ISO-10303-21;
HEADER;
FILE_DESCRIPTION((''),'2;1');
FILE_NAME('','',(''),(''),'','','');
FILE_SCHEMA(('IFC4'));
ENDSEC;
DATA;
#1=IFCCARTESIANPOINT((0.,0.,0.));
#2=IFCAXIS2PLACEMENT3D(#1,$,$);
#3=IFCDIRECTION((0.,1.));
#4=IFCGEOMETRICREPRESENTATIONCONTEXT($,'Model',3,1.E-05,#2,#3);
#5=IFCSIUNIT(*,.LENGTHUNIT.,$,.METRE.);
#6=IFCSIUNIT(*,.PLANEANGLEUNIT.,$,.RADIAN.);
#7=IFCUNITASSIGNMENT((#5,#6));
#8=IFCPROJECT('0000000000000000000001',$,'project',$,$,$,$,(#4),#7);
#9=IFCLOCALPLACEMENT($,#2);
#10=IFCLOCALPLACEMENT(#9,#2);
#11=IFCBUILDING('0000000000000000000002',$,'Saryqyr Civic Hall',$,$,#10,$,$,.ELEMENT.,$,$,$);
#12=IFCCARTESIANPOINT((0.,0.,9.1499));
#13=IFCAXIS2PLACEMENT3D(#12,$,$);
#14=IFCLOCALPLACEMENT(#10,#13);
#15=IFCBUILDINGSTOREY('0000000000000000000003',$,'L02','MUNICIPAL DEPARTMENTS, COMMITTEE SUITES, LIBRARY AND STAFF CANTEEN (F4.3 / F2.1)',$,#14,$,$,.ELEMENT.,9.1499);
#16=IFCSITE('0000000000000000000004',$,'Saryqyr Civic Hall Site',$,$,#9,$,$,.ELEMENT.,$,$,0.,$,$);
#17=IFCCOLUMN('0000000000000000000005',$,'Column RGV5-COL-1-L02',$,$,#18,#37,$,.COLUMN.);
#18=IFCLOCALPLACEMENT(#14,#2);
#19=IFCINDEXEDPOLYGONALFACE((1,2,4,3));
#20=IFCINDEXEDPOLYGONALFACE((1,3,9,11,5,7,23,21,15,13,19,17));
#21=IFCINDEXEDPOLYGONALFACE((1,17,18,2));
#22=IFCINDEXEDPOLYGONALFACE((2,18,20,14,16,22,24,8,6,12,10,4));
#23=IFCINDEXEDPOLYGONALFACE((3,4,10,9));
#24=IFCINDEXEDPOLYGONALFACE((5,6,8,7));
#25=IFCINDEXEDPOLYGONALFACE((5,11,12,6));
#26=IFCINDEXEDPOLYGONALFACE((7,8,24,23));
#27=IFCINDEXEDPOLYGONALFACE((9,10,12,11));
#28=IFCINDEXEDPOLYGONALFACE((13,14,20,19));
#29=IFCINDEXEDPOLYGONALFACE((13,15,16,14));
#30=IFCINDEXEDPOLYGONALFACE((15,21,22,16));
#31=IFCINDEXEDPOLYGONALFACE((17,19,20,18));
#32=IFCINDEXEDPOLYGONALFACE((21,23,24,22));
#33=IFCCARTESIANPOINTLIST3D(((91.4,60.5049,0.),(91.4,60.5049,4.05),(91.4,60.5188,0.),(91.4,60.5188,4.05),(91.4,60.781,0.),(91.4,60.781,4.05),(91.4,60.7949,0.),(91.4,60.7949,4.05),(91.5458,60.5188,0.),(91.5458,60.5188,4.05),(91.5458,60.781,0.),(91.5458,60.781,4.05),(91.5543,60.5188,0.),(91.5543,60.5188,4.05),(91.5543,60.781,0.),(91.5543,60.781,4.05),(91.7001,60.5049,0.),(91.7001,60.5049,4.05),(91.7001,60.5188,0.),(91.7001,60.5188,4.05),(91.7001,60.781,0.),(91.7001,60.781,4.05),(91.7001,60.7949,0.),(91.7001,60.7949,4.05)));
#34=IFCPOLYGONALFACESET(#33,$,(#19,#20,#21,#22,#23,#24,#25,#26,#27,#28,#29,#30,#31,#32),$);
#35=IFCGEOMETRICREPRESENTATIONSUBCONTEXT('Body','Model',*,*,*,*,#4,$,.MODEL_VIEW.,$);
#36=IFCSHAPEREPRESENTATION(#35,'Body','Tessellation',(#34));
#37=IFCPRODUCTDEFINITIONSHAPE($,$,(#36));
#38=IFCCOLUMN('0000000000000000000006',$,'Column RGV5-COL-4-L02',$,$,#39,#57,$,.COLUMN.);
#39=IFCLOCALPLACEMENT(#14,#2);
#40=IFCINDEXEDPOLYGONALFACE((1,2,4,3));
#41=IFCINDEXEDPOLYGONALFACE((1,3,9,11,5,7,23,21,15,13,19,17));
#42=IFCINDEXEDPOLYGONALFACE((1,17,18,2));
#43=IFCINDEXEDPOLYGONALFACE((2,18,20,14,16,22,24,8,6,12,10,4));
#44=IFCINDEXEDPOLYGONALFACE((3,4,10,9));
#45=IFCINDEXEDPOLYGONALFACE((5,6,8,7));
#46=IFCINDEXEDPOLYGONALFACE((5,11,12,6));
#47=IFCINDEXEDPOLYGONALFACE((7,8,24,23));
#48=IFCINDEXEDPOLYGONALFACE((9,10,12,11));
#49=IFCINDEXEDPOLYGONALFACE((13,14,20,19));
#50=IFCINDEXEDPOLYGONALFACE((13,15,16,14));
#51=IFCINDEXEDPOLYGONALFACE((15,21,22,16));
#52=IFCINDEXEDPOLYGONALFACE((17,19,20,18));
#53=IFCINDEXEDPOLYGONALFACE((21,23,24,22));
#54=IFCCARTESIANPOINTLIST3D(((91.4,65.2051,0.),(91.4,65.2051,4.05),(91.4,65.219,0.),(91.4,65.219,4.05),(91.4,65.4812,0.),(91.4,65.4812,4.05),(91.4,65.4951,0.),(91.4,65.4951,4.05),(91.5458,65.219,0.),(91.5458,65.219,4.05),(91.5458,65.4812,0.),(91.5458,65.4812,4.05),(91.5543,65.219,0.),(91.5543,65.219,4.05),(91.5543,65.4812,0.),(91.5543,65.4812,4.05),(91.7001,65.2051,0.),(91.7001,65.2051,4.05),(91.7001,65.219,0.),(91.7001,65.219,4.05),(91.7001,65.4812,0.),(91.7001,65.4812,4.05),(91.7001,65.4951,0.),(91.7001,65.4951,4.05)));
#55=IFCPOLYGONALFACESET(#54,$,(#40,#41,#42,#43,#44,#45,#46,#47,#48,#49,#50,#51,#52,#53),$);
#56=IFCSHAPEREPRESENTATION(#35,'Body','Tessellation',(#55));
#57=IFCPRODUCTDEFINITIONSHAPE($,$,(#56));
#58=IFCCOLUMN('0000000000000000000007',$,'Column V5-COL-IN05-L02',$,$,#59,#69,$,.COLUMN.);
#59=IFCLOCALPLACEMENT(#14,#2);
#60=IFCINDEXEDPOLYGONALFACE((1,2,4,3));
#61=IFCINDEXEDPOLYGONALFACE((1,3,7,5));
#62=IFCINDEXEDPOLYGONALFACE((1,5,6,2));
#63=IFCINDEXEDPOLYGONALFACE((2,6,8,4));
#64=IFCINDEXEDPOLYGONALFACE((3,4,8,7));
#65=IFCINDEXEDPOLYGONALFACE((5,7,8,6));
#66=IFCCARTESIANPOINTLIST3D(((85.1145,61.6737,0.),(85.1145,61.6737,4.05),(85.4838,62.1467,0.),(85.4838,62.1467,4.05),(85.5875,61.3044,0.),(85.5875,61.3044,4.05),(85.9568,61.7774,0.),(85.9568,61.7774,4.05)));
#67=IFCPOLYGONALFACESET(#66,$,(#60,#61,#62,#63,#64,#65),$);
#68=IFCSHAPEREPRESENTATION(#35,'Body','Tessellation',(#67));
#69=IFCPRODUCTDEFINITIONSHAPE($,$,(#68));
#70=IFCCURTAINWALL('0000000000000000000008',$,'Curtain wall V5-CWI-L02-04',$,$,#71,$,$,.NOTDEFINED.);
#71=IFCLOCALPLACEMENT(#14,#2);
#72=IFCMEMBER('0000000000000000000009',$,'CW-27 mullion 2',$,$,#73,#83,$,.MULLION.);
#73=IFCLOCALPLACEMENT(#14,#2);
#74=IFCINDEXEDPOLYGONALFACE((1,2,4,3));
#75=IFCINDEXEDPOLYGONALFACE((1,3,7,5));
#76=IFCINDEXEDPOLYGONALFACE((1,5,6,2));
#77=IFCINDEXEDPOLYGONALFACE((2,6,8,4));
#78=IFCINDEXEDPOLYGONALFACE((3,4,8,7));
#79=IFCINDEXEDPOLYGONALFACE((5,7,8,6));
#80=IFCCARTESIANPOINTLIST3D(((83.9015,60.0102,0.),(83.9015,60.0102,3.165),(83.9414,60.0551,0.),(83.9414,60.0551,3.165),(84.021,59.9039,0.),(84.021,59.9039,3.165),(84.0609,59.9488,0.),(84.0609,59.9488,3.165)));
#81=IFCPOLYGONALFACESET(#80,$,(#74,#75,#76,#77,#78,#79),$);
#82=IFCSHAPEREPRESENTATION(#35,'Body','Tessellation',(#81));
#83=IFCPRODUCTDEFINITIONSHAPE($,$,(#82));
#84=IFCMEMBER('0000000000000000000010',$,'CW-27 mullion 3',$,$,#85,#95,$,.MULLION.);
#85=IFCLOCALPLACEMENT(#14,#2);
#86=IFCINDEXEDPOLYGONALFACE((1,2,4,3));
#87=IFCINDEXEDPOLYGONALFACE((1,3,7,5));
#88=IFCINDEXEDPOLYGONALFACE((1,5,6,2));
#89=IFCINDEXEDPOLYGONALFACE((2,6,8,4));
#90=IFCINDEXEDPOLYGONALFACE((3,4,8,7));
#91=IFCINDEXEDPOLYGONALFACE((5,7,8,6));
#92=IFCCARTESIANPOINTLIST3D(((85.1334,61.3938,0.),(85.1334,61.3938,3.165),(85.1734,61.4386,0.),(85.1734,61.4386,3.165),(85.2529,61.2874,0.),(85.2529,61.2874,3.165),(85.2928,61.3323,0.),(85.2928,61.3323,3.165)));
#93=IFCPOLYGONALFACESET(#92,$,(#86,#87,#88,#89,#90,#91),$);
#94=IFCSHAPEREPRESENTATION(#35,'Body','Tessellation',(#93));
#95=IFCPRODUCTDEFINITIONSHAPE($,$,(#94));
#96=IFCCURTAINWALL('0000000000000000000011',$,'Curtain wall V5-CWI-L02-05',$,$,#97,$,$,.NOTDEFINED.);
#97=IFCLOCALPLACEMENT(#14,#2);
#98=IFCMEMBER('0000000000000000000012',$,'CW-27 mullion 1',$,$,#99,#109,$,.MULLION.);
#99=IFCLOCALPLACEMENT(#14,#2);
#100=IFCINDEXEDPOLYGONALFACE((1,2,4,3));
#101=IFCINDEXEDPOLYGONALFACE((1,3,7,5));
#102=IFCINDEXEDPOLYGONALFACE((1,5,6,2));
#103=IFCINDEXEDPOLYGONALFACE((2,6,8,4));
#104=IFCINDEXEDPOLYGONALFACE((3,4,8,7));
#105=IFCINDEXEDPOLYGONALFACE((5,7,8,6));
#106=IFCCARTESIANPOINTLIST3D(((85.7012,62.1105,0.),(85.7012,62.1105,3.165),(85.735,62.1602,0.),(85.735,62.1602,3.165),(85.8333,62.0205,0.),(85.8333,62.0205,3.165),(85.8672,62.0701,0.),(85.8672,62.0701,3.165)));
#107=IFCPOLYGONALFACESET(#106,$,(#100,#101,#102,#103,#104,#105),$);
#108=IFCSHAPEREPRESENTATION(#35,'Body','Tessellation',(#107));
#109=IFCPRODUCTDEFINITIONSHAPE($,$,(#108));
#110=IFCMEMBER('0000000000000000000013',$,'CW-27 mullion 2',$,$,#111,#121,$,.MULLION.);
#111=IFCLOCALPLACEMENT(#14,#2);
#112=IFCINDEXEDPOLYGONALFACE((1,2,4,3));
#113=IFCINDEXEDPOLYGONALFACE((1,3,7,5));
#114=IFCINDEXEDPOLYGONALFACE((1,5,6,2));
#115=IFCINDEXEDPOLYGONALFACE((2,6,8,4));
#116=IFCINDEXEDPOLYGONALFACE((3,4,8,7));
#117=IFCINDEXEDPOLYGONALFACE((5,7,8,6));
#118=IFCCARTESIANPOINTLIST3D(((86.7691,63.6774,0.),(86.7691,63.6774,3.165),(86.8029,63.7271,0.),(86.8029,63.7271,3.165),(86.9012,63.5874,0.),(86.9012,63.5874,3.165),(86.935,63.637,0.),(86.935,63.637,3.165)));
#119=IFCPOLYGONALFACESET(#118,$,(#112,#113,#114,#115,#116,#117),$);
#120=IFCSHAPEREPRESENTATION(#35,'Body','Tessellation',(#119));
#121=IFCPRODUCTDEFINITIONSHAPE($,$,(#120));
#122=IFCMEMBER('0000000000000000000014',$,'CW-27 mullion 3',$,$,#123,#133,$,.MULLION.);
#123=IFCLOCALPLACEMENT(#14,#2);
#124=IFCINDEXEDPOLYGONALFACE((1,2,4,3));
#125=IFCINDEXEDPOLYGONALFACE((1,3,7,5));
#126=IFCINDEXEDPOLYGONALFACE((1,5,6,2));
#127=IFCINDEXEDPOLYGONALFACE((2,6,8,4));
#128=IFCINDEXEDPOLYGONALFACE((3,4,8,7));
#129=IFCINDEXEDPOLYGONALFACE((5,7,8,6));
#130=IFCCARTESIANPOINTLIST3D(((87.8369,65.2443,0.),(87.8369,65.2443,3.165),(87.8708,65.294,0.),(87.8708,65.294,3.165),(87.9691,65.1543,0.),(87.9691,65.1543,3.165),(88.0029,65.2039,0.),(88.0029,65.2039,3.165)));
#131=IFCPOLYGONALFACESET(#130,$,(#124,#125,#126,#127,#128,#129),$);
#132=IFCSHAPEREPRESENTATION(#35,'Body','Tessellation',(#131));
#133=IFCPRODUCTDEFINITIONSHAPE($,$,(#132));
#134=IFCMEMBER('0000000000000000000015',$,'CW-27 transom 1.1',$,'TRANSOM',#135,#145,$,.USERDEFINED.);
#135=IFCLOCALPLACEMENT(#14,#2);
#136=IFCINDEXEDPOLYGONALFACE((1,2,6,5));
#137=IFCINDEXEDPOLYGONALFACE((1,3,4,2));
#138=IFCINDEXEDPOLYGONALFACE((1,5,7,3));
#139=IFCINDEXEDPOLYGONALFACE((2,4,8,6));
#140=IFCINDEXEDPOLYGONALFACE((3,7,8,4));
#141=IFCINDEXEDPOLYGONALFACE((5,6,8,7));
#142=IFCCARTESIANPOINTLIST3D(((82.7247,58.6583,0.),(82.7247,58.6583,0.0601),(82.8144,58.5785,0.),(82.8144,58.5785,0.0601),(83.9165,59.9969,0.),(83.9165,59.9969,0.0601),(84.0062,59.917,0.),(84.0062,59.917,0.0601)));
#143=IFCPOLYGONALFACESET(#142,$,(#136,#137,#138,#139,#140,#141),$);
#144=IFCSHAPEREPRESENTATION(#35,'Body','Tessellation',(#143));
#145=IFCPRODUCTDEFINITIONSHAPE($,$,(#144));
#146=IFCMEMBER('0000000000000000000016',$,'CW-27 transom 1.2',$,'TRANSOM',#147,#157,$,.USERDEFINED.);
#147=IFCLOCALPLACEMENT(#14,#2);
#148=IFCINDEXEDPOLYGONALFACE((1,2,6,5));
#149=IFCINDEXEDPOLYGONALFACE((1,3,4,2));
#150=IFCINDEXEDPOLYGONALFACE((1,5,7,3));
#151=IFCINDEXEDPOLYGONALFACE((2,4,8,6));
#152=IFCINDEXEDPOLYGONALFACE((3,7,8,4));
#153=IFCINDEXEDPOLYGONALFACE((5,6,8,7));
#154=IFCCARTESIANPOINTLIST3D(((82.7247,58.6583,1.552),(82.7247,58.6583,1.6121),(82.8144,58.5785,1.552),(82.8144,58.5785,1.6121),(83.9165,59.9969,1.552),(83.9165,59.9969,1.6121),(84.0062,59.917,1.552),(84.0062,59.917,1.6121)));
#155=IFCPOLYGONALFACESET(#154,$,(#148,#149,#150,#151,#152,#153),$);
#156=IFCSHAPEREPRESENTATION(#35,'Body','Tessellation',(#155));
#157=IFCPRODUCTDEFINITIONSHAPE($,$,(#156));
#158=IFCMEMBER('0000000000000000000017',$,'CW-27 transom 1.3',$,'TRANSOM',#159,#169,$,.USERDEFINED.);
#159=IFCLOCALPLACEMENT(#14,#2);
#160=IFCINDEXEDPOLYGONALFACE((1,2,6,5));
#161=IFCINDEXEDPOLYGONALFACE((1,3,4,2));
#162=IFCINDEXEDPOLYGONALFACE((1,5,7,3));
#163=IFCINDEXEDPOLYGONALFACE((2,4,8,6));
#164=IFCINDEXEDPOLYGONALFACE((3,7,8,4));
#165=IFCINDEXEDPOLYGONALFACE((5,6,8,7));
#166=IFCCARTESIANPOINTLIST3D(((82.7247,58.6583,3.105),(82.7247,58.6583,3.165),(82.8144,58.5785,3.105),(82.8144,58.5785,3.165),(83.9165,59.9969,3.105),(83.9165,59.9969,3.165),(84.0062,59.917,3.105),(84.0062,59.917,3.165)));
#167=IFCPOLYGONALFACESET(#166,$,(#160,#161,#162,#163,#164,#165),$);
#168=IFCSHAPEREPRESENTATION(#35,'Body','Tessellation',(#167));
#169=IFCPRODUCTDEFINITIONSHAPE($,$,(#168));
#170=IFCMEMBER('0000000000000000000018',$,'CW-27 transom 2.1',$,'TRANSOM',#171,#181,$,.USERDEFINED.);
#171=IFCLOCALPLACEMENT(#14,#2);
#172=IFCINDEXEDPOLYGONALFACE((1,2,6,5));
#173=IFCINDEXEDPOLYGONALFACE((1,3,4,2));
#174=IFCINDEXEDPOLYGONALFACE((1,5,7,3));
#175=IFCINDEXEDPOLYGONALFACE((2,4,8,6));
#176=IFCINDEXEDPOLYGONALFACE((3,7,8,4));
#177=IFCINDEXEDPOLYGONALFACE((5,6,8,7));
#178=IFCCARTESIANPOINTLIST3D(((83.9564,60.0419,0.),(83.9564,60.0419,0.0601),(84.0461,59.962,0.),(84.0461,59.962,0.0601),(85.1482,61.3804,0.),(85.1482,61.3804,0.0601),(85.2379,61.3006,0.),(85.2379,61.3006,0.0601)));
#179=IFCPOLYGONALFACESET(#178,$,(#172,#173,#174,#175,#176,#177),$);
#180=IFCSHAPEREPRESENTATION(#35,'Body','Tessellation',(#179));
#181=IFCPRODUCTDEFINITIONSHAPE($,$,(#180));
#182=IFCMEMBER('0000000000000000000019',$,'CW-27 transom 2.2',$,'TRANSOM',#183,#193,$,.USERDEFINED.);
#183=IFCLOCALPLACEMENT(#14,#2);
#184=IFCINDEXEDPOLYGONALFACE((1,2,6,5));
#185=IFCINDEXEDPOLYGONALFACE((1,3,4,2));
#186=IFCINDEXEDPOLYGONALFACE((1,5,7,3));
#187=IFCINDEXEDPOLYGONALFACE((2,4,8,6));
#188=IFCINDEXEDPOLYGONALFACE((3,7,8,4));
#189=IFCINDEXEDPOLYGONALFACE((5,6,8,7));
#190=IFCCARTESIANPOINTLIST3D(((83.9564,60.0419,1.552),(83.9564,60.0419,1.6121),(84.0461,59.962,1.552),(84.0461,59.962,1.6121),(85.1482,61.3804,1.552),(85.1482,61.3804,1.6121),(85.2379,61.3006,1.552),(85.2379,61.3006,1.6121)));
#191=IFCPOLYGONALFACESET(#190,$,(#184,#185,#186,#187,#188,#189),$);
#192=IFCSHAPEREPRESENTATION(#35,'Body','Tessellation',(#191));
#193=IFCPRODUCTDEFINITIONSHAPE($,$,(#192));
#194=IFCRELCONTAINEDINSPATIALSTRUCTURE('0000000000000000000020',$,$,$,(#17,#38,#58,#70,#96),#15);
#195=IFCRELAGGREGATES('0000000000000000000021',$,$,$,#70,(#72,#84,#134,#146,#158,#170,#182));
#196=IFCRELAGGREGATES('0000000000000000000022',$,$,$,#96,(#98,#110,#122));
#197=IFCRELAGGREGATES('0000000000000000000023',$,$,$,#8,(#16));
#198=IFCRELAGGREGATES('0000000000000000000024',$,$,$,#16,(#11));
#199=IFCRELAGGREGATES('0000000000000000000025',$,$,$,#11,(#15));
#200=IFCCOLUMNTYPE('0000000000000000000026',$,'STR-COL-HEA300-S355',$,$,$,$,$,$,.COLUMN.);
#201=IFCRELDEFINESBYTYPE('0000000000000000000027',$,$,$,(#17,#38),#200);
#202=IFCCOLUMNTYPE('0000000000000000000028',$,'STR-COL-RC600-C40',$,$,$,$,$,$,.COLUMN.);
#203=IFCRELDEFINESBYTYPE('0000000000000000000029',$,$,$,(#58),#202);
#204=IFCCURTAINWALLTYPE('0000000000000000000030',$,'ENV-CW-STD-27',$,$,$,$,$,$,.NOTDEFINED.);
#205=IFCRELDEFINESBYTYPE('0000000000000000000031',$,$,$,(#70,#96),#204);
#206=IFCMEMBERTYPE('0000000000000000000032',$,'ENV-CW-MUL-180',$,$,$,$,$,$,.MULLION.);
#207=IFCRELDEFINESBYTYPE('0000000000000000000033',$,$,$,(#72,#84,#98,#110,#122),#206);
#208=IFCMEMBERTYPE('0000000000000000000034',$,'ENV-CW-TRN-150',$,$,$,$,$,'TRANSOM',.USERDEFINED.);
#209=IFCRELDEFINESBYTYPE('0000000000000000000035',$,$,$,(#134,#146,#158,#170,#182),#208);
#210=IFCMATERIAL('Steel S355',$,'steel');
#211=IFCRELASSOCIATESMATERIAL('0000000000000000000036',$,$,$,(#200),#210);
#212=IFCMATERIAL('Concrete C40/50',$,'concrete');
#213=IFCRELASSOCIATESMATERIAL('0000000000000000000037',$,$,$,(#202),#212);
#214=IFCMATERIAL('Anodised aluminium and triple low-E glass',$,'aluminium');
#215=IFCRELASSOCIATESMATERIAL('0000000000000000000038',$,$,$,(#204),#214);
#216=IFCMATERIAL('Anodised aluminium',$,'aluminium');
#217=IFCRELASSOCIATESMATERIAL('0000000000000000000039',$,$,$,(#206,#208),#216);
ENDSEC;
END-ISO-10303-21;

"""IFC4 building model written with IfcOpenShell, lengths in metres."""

from ifc_helpers import new_model, si_unit, direction, frame, origin, origin_2d, place, context, subcontext, project, spatial, rectangle, i_section, extrude, material, material_profile, profile_set, type_object, element, aggregate, save


model = new_model("IFC4")

# Units and contexts
model_context = context("Model", 3, precision=1e-05, world=origin(), true_north=direction((0.0, 1.0)))
body_context = subcontext(model_context, "Body", "Model", "MODEL_VIEW")
ifc_project = project(units=[si_unit("LENGTHUNIT", "METRE"), si_unit("PLANEANGLEUNIT", "RADIAN")], contexts=[model_context])

# Site, building, storey
site_placement = place(None, origin())
site = spatial("IfcSite", under=ifc_project, at=site_placement, Name="Saryqyr Civic Hall Site", CompositionType="ELEMENT", RefElevation=0.0)
building_placement = place(site_placement, origin())
building = spatial("IfcBuilding", under=site, at=building_placement, Name="Saryqyr Civic Hall", CompositionType="ELEMENT")
storey_placement = place(building_placement, frame((0.0, 0.0, 9.1499)))
storey = spatial("IfcBuildingStorey", under=building, at=storey_placement, Name="L02", Description="MUNICIPAL DEPARTMENTS, COMMITTEE SUITES, LIBRARY AND STAFF CANTEEN (F4.3 / F2.1)", CompositionType="ELEMENT", Elevation=9.1499)

# Columns
ifc_material_1 = material(Name="Steel S355", Category="steel")
ifc_material_profile_1 = material_profile(ifc_material_1, i_section(OverallWidth=0.3, OverallDepth=0.29, WebThickness=0.0085, FlangeThickness=0.0139, at=origin_2d()), Name="HEA 300")
ifc_profile_set_1 = profile_set([ifc_material_profile_1], Name="Steel S355")
column_type_1 = type_object("IfcColumnType", Name="STR-COL-HEA300-S355", PredefinedType="COLUMN", material=ifc_profile_set_1)
for number, where, z_axis, x_axis, name in (
    (1, (91.55, 60.6499, 0.0), (0.0, 0.0, 1.0), (1.0, 0.0, 0.0), "Column RGV5-COL-1-L02"),
    (2, (91.55, 65.3501, 0.0), (0.0, 0.0, 1.0), (1.0, 0.0, 0.0), "Column RGV5-COL-4-L02"),
):
    element("IfcColumn", number, at=place(storey_placement, frame(where, z_axis=z_axis, x_axis=x_axis)), inside=storey, type_object=column_type_1, Name=name, PredefinedType="COLUMN", context=body_context, shape_type="SweptSolid", body=[
        extrude(i_section(OverallWidth=0.3, OverallDepth=0.29, WebThickness=0.0085, FlangeThickness=0.0139, at=origin_2d()), origin(), (0.0, 0.0, 1.0), 4.05),
    ])
ifc_material_2 = material(Name="Concrete C40/50", Category="concrete")
ifc_material_profile_2 = material_profile(ifc_material_2, rectangle(XDim=0.6001, YDim=0.6001, at=origin_2d()), Name="RC 600x600")
ifc_profile_set_2 = profile_set([ifc_material_profile_2], Name="Concrete C40/50")
column_type_2 = type_object("IfcColumnType", Name="STR-COL-RC600-C40", PredefinedType="COLUMN", material=ifc_profile_set_2)
column_placement = place(storey_placement, frame((85.5356, 61.7256, 0.0), z_axis=(0.0, 0.0, 1.0), x_axis=(0.788226, -0.615386, 0.0)))
element("IfcColumn", 3, at=column_placement, inside=storey, type_object=column_type_2, Name="Column V5-COL-IN05-L02", PredefinedType="COLUMN", context=body_context, shape_type="SweptSolid", body=[
    extrude(rectangle(XDim=0.6001, YDim=0.6001, at=origin_2d()), origin(), (0.0, 0.0, 1.0), 4.05),
])

# Curtain walls, members
ifc_material_3 = material(Name="Anodised aluminium and triple low-E glass", Category="aluminium")
curtain_wall_type = type_object("IfcCurtainWallType", Name="ENV-CW-STD-27", PredefinedType="NOTDEFINED", material=ifc_material_3)
curtain_wall_1_placement = place(storey_placement, origin())
curtain_wall_1 = element("IfcCurtainWall", 4, at=curtain_wall_1_placement, inside=storey, type_object=curtain_wall_type, Name="Curtain wall V5-CWI-L02-04", PredefinedType="NOTDEFINED")
ifc_material_4 = material(Name="Anodised aluminium", Category="aluminium")
ifc_material_profile_3 = material_profile(ifc_material_4, rectangle(XDim=0.0601, YDim=0.1599, at=origin_2d()), Name="ALU MULLION 60x160")
ifc_profile_set_3 = profile_set([ifc_material_profile_3], Name="Anodised aluminium")
member_type_1 = type_object("IfcMemberType", Name="ENV-CW-MUL-180", PredefinedType="MULLION", material=ifc_profile_set_3)
member_1_placement = place(storey_placement, frame((83.9812, 59.9795, 0.0), z_axis=(0.0, 0.0, 1.0), x_axis=(0.664934, 0.746902, 0.0)))
member_1 = element("IfcMember", 5, at=member_1_placement, type_object=member_type_1, Name="CW-27 mullion 2", PredefinedType="MULLION", context=body_context, shape_type="SweptSolid", body=[
    extrude(rectangle(XDim=0.0601, YDim=0.1599, at=origin_2d()), origin(), (0.0, 0.0, 1.0), 3.165),
])
member_2_placement = place(storey_placement, frame((85.2131, 61.363, 0.0), z_axis=(0.0, 0.0, 1.0), x_axis=(0.664934, 0.746902, 0.0)))
member_2 = element("IfcMember", 6, at=member_2_placement, type_object=member_type_1, Name="CW-27 mullion 3", PredefinedType="MULLION", context=body_context, shape_type="SweptSolid", body=[
    extrude(rectangle(XDim=0.0601, YDim=0.1599, at=origin_2d()), origin(), (0.0, 0.0, 1.0), 3.165),
])
curtain_wall_2_placement = place(storey_placement, origin())
curtain_wall_2 = element("IfcCurtainWall", 7, at=curtain_wall_2_placement, inside=storey, type_object=curtain_wall_type, Name="Curtain wall V5-CWI-L02-05", PredefinedType="NOTDEFINED")
member_3_placement = place(storey_placement, frame((85.7842, 62.0903, 0.0), z_axis=(0.0, 0.0, 1.0), x_axis=(0.56313, 0.826368, 0.0)))
member_3 = element("IfcMember", 8, at=member_3_placement, type_object=member_type_1, Name="CW-27 mullion 1", PredefinedType="MULLION", context=body_context, shape_type="SweptSolid", body=[
    extrude(rectangle(XDim=0.0601, YDim=0.1599, at=origin_2d()), origin(), (0.0, 0.0, 1.0), 3.165),
])
member_4_placement = place(storey_placement, frame((86.8521, 63.6572, 0.0), z_axis=(0.0, 0.0, 1.0), x_axis=(0.56313, 0.826368, 0.0)))
member_4 = element("IfcMember", 9, at=member_4_placement, type_object=member_type_1, Name="CW-27 mullion 2", PredefinedType="MULLION", context=body_context, shape_type="SweptSolid", body=[
    extrude(rectangle(XDim=0.0601, YDim=0.1599, at=origin_2d()), origin(), (0.0, 0.0, 1.0), 3.165),
])
member_5_placement = place(storey_placement, frame((87.9199, 65.2241, 0.0), z_axis=(0.0, 0.0, 1.0), x_axis=(0.56313, 0.826368, 0.0)))
member_5 = element("IfcMember", 10, at=member_5_placement, type_object=member_type_1, Name="CW-27 mullion 3", PredefinedType="MULLION", context=body_context, shape_type="SweptSolid", body=[
    extrude(rectangle(XDim=0.0601, YDim=0.1599, at=origin_2d()), origin(), (0.0, 0.0, 1.0), 3.165),
])

# Members
ifc_material_profile_4 = material_profile(ifc_material_4, rectangle(XDim=0.1201, YDim=0.0601, at=origin_2d()), Name="ALU TRANSOM 120x60")
ifc_profile_set_4 = profile_set([ifc_material_profile_4], Name="Anodised aluminium")
member_type_2 = type_object("IfcMemberType", Name="ENV-CW-TRN-150", ElementType="TRANSOM", PredefinedType="USERDEFINED", material=ifc_profile_set_4)
member_6_placement = place(storey_placement, frame((82.7695, 58.6184, 0.03), z_axis=(0.664989, 0.746853, 0.0), x_axis=(-0.746853, 0.664989, 0.0)))
member_6 = element("IfcMember", 11, at=member_6_placement, type_object=member_type_2, Name="CW-27 transom 1.1", ObjectType="TRANSOM", PredefinedType="USERDEFINED", context=body_context, shape_type="SweptSolid", body=[
    extrude(rectangle(XDim=0.1201, YDim=0.0601, at=origin_2d()), origin(), (0.0, 0.0, 1.0), 1.7922),
])
member_7_placement = place(storey_placement, frame((82.7695, 58.6184, 1.582), z_axis=(0.664989, 0.746853, 0.0), x_axis=(-0.746853, 0.664989, 0.0)))
member_7 = element("IfcMember", 12, at=member_7_placement, type_object=member_type_2, Name="CW-27 transom 1.2", ObjectType="TRANSOM", PredefinedType="USERDEFINED", context=body_context, shape_type="SweptSolid", body=[
    extrude(rectangle(XDim=0.1201, YDim=0.0601, at=origin_2d()), origin(), (0.0, 0.0, 1.0), 1.7922),
])
member_8_placement = place(storey_placement, frame((82.7695, 58.6184, 3.135), z_axis=(0.664989, 0.746853, 0.0), x_axis=(-0.746853, 0.664989, 0.0)))
member_8 = element("IfcMember", 13, at=member_8_placement, type_object=member_type_2, Name="CW-27 transom 1.3", ObjectType="TRANSOM", PredefinedType="USERDEFINED", context=body_context, shape_type="SweptSolid", body=[
    extrude(rectangle(XDim=0.1201, YDim=0.0601, at=origin_2d()), origin(), (0.0, 0.0, 1.0), 1.7922),
])
member_9_placement = place(storey_placement, frame((84.0012, 60.002, 0.03), z_axis=(0.664989, 0.746853, 0.0), x_axis=(-0.746853, 0.664989, 0.0)))
member_9 = element("IfcMember", 14, at=member_9_placement, type_object=member_type_2, Name="CW-27 transom 2.1", ObjectType="TRANSOM", PredefinedType="USERDEFINED", context=body_context, shape_type="SweptSolid", body=[
    extrude(rectangle(XDim=0.1201, YDim=0.0601, at=origin_2d()), origin(), (0.0, 0.0, 1.0), 1.7922),
])
member_10_placement = place(storey_placement, frame((84.0012, 60.002, 1.582), z_axis=(0.664989, 0.746853, 0.0), x_axis=(-0.746853, 0.664989, 0.0)))
member_10 = element("IfcMember", 15, at=member_10_placement, type_object=member_type_2, Name="CW-27 transom 2.2", ObjectType="TRANSOM", PredefinedType="USERDEFINED", context=body_context, shape_type="SweptSolid", body=[
    extrude(rectangle(XDim=0.1201, YDim=0.0601, at=origin_2d()), origin(), (0.0, 0.0, 1.0), 1.7922),
])

aggregate(curtain_wall_1, [member_1, member_2, member_6, member_7, member_8, member_9, member_10])
aggregate(curtain_wall_2, [member_3, member_4, member_5])

save(model, "model.ifc")
